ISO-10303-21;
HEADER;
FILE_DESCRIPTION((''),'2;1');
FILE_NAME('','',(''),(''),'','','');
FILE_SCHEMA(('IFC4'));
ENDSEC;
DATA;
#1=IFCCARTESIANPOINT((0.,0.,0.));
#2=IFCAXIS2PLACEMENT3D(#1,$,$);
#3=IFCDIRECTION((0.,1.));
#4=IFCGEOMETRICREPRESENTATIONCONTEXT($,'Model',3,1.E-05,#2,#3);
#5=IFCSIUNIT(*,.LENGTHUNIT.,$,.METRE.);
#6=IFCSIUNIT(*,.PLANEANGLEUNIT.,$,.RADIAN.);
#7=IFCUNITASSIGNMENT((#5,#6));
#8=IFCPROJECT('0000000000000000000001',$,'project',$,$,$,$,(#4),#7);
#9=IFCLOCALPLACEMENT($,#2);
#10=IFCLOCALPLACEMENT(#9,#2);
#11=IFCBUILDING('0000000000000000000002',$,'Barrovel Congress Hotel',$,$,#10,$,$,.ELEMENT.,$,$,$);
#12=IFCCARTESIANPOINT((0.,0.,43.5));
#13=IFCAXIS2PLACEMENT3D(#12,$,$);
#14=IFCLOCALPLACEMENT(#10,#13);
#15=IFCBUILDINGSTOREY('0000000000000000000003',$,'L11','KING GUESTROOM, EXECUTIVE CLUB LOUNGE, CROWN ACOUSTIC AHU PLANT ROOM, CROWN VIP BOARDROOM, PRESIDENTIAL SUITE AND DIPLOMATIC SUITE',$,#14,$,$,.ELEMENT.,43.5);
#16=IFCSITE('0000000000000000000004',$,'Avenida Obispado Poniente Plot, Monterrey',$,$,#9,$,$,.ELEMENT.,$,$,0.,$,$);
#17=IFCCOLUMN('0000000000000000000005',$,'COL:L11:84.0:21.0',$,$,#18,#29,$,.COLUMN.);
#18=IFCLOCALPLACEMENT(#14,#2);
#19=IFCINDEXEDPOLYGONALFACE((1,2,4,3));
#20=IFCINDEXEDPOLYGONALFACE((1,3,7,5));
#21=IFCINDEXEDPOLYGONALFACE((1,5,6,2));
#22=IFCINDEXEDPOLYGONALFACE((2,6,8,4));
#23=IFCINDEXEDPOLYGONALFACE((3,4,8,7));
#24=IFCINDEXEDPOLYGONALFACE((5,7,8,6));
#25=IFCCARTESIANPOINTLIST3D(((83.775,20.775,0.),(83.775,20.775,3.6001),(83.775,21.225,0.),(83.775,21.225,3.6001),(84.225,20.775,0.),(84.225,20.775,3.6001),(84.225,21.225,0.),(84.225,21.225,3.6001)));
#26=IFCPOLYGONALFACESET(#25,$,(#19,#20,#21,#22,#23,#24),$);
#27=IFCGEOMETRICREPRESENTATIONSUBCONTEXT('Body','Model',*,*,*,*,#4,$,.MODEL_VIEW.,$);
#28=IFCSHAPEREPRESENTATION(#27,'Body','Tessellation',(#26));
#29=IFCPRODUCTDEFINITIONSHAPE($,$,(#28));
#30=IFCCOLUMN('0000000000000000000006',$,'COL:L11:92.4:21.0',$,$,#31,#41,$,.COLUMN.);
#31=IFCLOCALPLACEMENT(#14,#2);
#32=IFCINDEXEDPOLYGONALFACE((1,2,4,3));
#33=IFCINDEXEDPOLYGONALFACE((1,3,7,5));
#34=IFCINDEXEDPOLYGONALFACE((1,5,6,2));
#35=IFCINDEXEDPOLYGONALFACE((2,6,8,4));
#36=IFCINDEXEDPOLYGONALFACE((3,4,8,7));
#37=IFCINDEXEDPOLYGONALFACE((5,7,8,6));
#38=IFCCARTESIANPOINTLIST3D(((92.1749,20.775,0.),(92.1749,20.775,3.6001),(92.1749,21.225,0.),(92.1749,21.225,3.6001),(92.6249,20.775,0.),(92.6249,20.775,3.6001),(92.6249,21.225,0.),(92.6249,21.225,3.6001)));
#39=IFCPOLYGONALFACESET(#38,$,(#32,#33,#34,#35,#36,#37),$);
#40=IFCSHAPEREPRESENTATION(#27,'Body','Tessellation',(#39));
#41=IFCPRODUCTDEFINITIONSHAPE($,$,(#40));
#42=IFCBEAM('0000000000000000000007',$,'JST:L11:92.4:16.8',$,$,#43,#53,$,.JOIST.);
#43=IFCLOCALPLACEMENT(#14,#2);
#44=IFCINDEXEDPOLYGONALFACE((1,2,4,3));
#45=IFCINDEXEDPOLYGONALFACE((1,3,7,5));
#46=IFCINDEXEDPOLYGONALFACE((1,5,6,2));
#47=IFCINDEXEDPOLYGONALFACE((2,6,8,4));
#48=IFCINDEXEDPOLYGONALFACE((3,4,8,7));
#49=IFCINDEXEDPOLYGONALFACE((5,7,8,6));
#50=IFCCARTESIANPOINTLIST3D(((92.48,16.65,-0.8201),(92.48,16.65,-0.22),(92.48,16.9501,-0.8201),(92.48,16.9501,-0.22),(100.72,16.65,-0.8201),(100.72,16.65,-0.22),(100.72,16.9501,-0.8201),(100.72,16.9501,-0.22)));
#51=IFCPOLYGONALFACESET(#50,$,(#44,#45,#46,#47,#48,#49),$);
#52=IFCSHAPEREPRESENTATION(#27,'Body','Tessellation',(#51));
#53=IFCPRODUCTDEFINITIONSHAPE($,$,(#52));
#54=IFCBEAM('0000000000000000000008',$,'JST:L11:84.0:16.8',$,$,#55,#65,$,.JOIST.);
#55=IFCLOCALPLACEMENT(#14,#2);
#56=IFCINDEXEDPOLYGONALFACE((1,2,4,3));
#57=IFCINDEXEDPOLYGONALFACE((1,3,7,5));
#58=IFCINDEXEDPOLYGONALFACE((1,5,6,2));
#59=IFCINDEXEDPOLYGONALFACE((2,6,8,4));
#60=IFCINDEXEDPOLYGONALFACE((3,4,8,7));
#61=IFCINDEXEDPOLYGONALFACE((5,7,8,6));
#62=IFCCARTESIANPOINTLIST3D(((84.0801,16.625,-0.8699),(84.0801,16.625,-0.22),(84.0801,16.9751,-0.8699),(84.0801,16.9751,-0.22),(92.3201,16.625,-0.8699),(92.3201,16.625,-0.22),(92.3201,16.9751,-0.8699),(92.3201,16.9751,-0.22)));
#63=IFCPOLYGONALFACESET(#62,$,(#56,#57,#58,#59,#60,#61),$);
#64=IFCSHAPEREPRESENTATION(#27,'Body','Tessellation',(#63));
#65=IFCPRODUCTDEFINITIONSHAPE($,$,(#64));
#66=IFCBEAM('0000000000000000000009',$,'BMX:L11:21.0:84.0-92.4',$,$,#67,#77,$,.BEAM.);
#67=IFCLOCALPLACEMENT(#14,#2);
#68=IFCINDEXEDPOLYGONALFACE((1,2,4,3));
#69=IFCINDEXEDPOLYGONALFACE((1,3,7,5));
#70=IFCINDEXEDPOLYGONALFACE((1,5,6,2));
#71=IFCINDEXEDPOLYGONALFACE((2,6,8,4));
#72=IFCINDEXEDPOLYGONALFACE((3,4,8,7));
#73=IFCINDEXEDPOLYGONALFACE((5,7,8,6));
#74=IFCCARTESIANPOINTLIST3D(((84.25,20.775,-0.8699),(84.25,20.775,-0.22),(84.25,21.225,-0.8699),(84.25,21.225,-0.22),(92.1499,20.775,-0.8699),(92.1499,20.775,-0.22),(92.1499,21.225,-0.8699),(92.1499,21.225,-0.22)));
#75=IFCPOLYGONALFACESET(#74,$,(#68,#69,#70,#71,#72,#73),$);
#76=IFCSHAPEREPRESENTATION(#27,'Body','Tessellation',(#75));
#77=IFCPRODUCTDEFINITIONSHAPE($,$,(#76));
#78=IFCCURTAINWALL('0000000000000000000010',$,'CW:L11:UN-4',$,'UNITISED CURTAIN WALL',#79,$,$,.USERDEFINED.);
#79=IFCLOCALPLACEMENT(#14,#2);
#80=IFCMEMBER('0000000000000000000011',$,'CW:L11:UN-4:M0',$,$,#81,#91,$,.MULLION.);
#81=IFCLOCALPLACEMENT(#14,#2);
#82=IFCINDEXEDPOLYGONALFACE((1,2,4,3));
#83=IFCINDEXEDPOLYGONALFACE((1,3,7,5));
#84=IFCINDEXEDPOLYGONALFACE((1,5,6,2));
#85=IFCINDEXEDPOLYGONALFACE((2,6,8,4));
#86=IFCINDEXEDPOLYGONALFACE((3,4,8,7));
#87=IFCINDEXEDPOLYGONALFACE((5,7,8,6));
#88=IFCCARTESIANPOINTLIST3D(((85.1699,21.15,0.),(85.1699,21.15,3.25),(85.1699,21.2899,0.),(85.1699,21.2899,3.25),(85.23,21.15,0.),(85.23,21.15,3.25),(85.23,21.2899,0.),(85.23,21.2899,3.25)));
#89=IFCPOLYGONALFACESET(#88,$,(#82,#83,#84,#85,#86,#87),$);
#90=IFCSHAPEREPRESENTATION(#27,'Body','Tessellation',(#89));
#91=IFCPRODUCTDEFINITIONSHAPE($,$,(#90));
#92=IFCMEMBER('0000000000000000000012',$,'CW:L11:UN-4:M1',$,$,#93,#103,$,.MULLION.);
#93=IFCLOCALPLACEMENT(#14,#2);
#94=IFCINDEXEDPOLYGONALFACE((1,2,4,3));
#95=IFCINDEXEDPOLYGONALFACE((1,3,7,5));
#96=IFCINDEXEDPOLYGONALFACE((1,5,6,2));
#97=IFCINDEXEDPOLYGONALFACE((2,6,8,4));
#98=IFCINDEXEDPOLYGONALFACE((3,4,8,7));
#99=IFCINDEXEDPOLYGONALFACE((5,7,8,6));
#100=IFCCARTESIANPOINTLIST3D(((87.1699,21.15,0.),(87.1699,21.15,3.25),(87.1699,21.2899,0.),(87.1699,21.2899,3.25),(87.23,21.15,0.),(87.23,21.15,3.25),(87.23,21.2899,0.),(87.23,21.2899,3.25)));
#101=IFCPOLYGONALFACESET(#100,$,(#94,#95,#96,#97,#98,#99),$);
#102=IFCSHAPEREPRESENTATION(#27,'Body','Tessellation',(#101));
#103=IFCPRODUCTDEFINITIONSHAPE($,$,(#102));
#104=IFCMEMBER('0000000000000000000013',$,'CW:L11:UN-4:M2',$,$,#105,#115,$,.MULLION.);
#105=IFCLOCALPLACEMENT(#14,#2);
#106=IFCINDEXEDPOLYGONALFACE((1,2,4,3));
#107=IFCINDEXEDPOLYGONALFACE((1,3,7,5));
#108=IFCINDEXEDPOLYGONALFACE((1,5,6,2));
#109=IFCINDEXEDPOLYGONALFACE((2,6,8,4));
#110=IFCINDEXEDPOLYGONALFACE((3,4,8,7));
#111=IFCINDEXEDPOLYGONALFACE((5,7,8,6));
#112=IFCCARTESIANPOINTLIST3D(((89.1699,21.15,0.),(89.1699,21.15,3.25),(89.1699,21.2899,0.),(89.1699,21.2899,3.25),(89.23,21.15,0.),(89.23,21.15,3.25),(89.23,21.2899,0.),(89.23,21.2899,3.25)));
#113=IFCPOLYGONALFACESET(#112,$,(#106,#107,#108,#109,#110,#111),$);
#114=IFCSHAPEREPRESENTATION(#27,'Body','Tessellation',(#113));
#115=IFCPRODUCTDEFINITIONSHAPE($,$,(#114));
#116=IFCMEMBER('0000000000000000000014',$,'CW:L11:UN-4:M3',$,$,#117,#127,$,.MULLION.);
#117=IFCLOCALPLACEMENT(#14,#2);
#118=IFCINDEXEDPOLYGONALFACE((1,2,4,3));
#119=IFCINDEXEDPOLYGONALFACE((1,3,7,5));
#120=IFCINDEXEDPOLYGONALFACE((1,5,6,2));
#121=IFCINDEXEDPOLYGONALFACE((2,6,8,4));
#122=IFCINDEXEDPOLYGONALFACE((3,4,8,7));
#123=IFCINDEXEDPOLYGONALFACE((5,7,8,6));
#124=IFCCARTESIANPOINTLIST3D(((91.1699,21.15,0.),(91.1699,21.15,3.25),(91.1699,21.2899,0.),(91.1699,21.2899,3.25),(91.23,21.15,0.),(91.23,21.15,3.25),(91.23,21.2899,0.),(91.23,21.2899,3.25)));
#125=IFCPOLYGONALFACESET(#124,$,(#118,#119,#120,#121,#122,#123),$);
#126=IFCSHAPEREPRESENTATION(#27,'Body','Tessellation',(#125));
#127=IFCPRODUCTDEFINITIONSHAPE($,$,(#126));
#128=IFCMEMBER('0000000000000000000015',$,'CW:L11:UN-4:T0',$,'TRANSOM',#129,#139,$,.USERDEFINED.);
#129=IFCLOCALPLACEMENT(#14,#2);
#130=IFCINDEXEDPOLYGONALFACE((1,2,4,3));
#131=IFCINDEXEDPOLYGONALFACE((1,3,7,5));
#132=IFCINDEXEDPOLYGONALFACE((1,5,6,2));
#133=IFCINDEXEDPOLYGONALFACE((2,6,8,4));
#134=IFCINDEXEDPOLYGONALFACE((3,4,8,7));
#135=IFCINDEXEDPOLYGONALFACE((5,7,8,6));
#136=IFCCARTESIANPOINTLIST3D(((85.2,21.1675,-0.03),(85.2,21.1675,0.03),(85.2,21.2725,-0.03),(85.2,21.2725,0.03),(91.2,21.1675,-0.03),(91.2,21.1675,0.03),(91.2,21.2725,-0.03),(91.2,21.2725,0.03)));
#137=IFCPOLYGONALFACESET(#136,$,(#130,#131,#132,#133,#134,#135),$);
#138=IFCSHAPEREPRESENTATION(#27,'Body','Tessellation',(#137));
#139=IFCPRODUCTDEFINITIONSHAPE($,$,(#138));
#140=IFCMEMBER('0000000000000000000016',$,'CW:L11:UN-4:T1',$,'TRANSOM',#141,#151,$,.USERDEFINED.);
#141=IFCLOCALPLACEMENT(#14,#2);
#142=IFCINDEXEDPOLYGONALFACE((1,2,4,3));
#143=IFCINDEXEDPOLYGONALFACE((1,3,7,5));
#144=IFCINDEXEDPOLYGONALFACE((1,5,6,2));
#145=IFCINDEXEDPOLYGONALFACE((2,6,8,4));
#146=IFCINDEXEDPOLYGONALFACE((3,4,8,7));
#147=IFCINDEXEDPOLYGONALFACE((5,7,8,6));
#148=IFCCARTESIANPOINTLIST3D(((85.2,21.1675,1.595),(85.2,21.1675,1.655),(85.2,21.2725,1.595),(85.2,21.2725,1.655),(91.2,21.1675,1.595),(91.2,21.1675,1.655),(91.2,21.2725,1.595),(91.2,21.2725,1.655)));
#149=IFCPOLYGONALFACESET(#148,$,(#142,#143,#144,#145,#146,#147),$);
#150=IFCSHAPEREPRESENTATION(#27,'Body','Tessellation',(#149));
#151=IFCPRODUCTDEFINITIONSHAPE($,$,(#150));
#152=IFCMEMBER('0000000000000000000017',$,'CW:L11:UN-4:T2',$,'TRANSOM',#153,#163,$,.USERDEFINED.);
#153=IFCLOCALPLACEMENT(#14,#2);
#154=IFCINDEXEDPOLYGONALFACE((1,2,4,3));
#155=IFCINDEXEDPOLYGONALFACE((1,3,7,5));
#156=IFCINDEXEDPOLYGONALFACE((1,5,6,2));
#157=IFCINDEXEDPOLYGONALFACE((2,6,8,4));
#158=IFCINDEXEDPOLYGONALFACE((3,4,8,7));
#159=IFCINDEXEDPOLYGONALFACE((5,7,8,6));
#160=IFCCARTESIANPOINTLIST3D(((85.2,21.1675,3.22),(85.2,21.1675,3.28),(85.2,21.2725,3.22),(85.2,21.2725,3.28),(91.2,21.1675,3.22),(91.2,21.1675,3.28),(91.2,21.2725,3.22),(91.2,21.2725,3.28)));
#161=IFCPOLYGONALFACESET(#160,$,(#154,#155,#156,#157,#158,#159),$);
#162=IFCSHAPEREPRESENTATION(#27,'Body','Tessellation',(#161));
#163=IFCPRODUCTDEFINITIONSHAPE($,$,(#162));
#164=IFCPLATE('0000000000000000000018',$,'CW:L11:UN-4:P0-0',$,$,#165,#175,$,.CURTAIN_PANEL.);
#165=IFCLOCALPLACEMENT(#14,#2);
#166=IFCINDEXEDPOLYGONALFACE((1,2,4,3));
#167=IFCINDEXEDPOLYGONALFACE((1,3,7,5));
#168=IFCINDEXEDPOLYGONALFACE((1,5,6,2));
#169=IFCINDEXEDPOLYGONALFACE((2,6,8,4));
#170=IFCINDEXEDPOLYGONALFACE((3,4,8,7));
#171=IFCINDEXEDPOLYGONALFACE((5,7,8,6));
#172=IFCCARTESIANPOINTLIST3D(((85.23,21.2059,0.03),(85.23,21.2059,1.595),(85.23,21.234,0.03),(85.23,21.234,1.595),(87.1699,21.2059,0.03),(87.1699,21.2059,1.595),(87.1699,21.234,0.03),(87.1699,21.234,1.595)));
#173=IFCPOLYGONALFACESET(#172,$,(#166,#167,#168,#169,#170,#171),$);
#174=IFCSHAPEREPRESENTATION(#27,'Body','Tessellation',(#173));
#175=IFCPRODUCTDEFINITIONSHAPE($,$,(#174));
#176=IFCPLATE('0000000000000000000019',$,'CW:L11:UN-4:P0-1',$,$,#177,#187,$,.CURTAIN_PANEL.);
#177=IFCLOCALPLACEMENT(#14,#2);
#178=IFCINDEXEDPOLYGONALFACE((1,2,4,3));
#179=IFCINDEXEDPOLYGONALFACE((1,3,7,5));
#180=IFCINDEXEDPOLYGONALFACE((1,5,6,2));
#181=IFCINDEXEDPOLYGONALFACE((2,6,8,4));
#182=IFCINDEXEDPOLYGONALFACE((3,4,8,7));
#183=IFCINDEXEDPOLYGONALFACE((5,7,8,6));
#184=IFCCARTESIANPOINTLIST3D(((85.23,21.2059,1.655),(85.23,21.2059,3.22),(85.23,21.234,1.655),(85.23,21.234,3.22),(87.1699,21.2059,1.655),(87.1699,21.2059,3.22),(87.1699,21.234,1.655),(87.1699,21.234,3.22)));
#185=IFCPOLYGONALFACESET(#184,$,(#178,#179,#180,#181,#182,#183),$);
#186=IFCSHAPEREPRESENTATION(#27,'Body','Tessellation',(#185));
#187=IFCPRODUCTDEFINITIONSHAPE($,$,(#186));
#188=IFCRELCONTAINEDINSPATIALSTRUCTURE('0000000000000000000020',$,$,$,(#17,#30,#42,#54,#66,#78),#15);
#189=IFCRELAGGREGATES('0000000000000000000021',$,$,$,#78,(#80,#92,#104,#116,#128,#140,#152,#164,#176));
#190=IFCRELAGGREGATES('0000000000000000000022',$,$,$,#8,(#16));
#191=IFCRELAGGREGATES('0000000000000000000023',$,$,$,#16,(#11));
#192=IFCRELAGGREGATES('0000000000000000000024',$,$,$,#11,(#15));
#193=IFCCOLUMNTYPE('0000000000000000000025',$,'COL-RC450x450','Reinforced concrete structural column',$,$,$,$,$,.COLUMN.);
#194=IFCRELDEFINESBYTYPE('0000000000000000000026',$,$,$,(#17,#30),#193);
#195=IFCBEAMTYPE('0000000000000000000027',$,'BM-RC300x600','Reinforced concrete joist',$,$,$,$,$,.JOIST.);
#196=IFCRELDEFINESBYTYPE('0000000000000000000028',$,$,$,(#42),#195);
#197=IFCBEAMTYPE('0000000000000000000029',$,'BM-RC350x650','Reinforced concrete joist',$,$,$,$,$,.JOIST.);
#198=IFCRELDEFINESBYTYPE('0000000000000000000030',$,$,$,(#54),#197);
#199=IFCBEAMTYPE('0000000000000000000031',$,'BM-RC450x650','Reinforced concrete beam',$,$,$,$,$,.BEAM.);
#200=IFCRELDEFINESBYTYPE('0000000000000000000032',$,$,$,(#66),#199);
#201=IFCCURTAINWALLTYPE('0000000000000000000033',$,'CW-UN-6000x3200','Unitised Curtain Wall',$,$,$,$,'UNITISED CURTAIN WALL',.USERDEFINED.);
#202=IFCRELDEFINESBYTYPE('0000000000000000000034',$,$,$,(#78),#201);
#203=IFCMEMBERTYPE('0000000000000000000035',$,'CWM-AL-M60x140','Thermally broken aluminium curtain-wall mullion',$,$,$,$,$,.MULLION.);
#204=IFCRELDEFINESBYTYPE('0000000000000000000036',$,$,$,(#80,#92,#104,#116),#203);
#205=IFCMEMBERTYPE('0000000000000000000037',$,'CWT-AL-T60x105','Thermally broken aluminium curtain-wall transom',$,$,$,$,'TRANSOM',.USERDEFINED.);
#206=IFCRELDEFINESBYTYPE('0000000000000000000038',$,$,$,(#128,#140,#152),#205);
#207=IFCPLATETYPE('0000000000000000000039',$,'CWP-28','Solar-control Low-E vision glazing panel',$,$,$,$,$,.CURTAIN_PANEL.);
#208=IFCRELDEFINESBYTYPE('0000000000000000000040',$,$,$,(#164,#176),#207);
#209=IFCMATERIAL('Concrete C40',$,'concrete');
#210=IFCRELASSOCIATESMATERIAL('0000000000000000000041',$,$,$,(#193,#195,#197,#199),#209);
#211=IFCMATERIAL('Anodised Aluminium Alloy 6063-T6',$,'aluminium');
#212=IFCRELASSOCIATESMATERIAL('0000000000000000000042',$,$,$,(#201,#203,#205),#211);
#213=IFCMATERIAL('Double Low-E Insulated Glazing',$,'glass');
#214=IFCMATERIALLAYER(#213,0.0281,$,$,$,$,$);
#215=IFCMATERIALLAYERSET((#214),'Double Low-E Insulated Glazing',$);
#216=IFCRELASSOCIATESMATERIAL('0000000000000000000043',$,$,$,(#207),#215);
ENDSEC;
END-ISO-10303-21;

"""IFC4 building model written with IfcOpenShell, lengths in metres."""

from ifc_helpers import new_model, si_unit, direction, frame, origin, origin_2d, place, context, subcontext, project, spatial, rectangle, extrude, material, layer, layer_set, material_profile, profile_set, type_object, element, aggregate, save


model = new_model("IFC4")

# Units and contexts
model_context = context("Model", 3, precision=1e-05, world=origin(), true_north=direction((0.0, 1.0)))
body_context = subcontext(model_context, "Body", "Model", "MODEL_VIEW")
ifc_project = project(units=[si_unit("LENGTHUNIT", "METRE"), si_unit("PLANEANGLEUNIT", "RADIAN")], contexts=[model_context])

# Site, building, storey
site_placement = place(None, origin())
site = spatial("IfcSite", under=ifc_project, at=site_placement, Name="Avenida Obispado Poniente Plot, Monterrey", CompositionType="ELEMENT", RefElevation=0.0)
building_placement = place(site_placement, origin())
building = spatial("IfcBuilding", under=site, at=building_placement, Name="Barrovel Congress Hotel", CompositionType="ELEMENT")
storey_placement = place(building_placement, frame((0.0, 0.0, 43.5)))
storey = spatial("IfcBuildingStorey", under=building, at=storey_placement, Name="L11", Description="KING GUESTROOM, EXECUTIVE CLUB LOUNGE, CROWN ACOUSTIC AHU PLANT ROOM, CROWN VIP BOARDROOM, PRESIDENTIAL SUITE AND DIPLOMATIC SUITE", CompositionType="ELEMENT", Elevation=43.5)

# Columns
ifc_material_1 = material(Name="Concrete C40", Category="concrete")
ifc_material_profile_1 = material_profile(ifc_material_1, rectangle(XDim=0.45, YDim=0.45, at=origin_2d()), Name="RC450x450")
ifc_profile_set_1 = profile_set([ifc_material_profile_1], Name="Concrete C40")
column_type = type_object("IfcColumnType", Name="COL-RC450x450", Description="Reinforced concrete structural column", PredefinedType="COLUMN", material=ifc_profile_set_1)
for number, where, z_axis, x_axis, name in (
    (1, (84.0, 21.0, 0.0), (0.0, 0.0, 1.0), (1.0, 0.0, 0.0), "COL:L11:84.0:21.0"),
    (2, (92.3999, 21.0, 0.0), (0.0, 0.0, 1.0), (1.0, 0.0, 0.0), "COL:L11:92.4:21.0"),
):
    element("IfcColumn", number, at=place(storey_placement, frame(where, z_axis=z_axis, x_axis=x_axis)), inside=storey, type_object=column_type, Name=name, PredefinedType="COLUMN", context=body_context, shape_type="SweptSolid", body=[
        extrude(rectangle(XDim=0.45, YDim=0.45, at=origin_2d()), origin(), (0.0, 0.0, 1.0), 3.6001),
    ])

# Beams
ifc_material_profile_2 = material_profile(ifc_material_1, rectangle(XDim=0.3, YDim=0.6001, at=origin_2d()), Name="RC300x600")
ifc_profile_set_2 = profile_set([ifc_material_profile_2], Name="Concrete C40")
beam_type_1 = type_object("IfcBeamType", Name="BM-RC300x600", Description="Reinforced concrete joist", PredefinedType="JOIST", material=ifc_profile_set_2)
beam_1_placement = place(storey_placement, frame((92.48, 16.8, -0.52), z_axis=(1.0, 0.0, 0.0), x_axis=(0.0, 1.0, 0.0)))
element("IfcBeam", 3, at=beam_1_placement, inside=storey, type_object=beam_type_1, Name="JST:L11:92.4:16.8", PredefinedType="JOIST", context=body_context, shape_type="SweptSolid", body=[
    extrude(rectangle(XDim=0.3, YDim=0.6001, at=origin_2d()), origin(), (0.0, 0.0, 1.0), 8.24),
])
ifc_material_profile_3 = material_profile(ifc_material_1, rectangle(XDim=0.3501, YDim=0.6499, at=origin_2d()), Name="RC350x650")
ifc_profile_set_3 = profile_set([ifc_material_profile_3], Name="Concrete C40")
beam_type_2 = type_object("IfcBeamType", Name="BM-RC350x650", Description="Reinforced concrete joist", PredefinedType="JOIST", material=ifc_profile_set_3)
beam_2_placement = place(storey_placement, frame((84.0801, 16.8, -0.5449), z_axis=(1.0, 0.0, 0.0), x_axis=(0.0, 1.0, 0.0)))
element("IfcBeam", 4, at=beam_2_placement, inside=storey, type_object=beam_type_2, Name="JST:L11:84.0:16.8", PredefinedType="JOIST", context=body_context, shape_type="SweptSolid", body=[
    extrude(rectangle(XDim=0.3501, YDim=0.6499, at=origin_2d()), origin(), (0.0, 0.0, 1.0), 8.24),
])
ifc_material_profile_4 = material_profile(ifc_material_1, rectangle(XDim=0.45, YDim=0.6499, at=origin_2d()), Name="RC450x650")
ifc_profile_set_4 = profile_set([ifc_material_profile_4], Name="Concrete C40")
beam_type_3 = type_object("IfcBeamType", Name="BM-RC450x650", Description="Reinforced concrete beam", PredefinedType="BEAM", material=ifc_profile_set_4)
beam_3_placement = place(storey_placement, frame((84.25, 21.0, -0.5449), z_axis=(1.0, 0.0, 0.0), x_axis=(0.0, 1.0, 0.0)))
element("IfcBeam", 5, at=beam_3_placement, inside=storey, type_object=beam_type_3, Name="BMX:L11:21.0:84.0-92.4", PredefinedType="BEAM", context=body_context, shape_type="SweptSolid", body=[
    extrude(rectangle(XDim=0.45, YDim=0.6499, at=origin_2d()), origin(), (0.0, 0.0, 1.0), 7.8999),
])

# Curtain wall, members, plates
ifc_material_2 = material(Name="Anodised Aluminium Alloy 6063-T6", Category="aluminium")
curtain_wall_type = type_object("IfcCurtainWallType", Name="CW-UN-6000x3200", Description="Unitised Curtain Wall", ElementType="UNITISED CURTAIN WALL", PredefinedType="USERDEFINED", material=ifc_material_2)
curtain_wall_placement = place(storey_placement, origin())
curtain_wall = element("IfcCurtainWall", 6, at=curtain_wall_placement, inside=storey, type_object=curtain_wall_type, Name="CW:L11:UN-4", ObjectType="UNITISED CURTAIN WALL", PredefinedType="USERDEFINED")
ifc_material_profile_5 = material_profile(ifc_material_2, rectangle(XDim=0.0601, YDim=0.1399, at=origin_2d()), Name="AL-M60x140")
ifc_profile_set_5 = profile_set([ifc_material_profile_5], Name="Anodised Aluminium Alloy 6063-T6")
member_type_1 = type_object("IfcMemberType", Name="CWM-AL-M60x140", Description="Thermally broken aluminium curtain-wall mullion", PredefinedType="MULLION", material=ifc_profile_set_5)
member_1_placement = place(storey_placement, frame((85.2, 21.22, 0.0), z_axis=(0.0, 0.0, 1.0), x_axis=(1.0, 0.0, 0.0)))
member_1 = element("IfcMember", 7, at=member_1_placement, type_object=member_type_1, Name="CW:L11:UN-4:M0", PredefinedType="MULLION", context=body_context, shape_type="SweptSolid", body=[
    extrude(rectangle(XDim=0.0601, YDim=0.1399, at=origin_2d()), origin(), (0.0, 0.0, 1.0), 3.25),
])
member_2_placement = place(storey_placement, frame((87.2, 21.22, 0.0), z_axis=(0.0, 0.0, 1.0), x_axis=(1.0, 0.0, 0.0)))
member_2 = element("IfcMember", 8, at=member_2_placement, type_object=member_type_1, Name="CW:L11:UN-4:M1", PredefinedType="MULLION", context=body_context, shape_type="SweptSolid", body=[
    extrude(rectangle(XDim=0.0601, YDim=0.1399, at=origin_2d()), origin(), (0.0, 0.0, 1.0), 3.25),
])
member_3_placement = place(storey_placement, frame((89.2, 21.22, 0.0), z_axis=(0.0, 0.0, 1.0), x_axis=(1.0, 0.0, 0.0)))
member_3 = element("IfcMember", 9, at=member_3_placement, type_object=member_type_1, Name="CW:L11:UN-4:M2", PredefinedType="MULLION", context=body_context, shape_type="SweptSolid", body=[
    extrude(rectangle(XDim=0.0601, YDim=0.1399, at=origin_2d()), origin(), (0.0, 0.0, 1.0), 3.25),
])
member_4_placement = place(storey_placement, frame((91.2, 21.22, 0.0), z_axis=(0.0, 0.0, 1.0), x_axis=(1.0, 0.0, 0.0)))
member_4 = element("IfcMember", 10, at=member_4_placement, type_object=member_type_1, Name="CW:L11:UN-4:M3", PredefinedType="MULLION", context=body_context, shape_type="SweptSolid", body=[
    extrude(rectangle(XDim=0.0601, YDim=0.1399, at=origin_2d()), origin(), (0.0, 0.0, 1.0), 3.25),
])
ifc_material_profile_6 = material_profile(ifc_material_2, rectangle(XDim=0.105, YDim=0.0601, at=origin_2d()), Name="AL-T60x105")
ifc_profile_set_6 = profile_set([ifc_material_profile_6], Name="Anodised Aluminium Alloy 6063-T6")
member_type_2 = type_object("IfcMemberType", Name="CWT-AL-T60x105", Description="Thermally broken aluminium curtain-wall transom", ElementType="TRANSOM", PredefinedType="USERDEFINED", material=ifc_profile_set_6)
member_5_placement = place(storey_placement, frame((85.2, 21.22, 0.0), z_axis=(1.0, 0.0, 0.0), x_axis=(0.0, 1.0, 0.0)))
member_5 = element("IfcMember", 11, at=member_5_placement, type_object=member_type_2, Name="CW:L11:UN-4:T0", ObjectType="TRANSOM", PredefinedType="USERDEFINED", context=body_context, shape_type="SweptSolid", body=[
    extrude(rectangle(XDim=0.105, YDim=0.0601, at=origin_2d()), origin(), (0.0, 0.0, 1.0), 6.0),
])
member_6_placement = place(storey_placement, frame((85.2, 21.22, 1.625), z_axis=(1.0, 0.0, 0.0), x_axis=(0.0, 1.0, 0.0)))
member_6 = element("IfcMember", 12, at=member_6_placement, type_object=member_type_2, Name="CW:L11:UN-4:T1", ObjectType="TRANSOM", PredefinedType="USERDEFINED", context=body_context, shape_type="SweptSolid", body=[
    extrude(rectangle(XDim=0.105, YDim=0.0601, at=origin_2d()), origin(), (0.0, 0.0, 1.0), 6.0),
])
member_7_placement = place(storey_placement, frame((85.2, 21.22, 3.25), z_axis=(1.0, 0.0, 0.0), x_axis=(0.0, 1.0, 0.0)))
member_7 = element("IfcMember", 13, at=member_7_placement, type_object=member_type_2, Name="CW:L11:UN-4:T2", ObjectType="TRANSOM", PredefinedType="USERDEFINED", context=body_context, shape_type="SweptSolid", body=[
    extrude(rectangle(XDim=0.105, YDim=0.0601, at=origin_2d()), origin(), (0.0, 0.0, 1.0), 6.0),
])
ifc_material_3 = material(Name="Double Low-E Insulated Glazing", Category="glass")
ifc_layer_1 = layer(ifc_material_3, 0.0281)
ifc_layer_set_1 = layer_set([ifc_layer_1], Name="Double Low-E Insulated Glazing")
plate_type = type_object("IfcPlateType", Name="CWP-28", Description="Solar-control Low-E vision glazing panel", PredefinedType="CURTAIN_PANEL", material=ifc_layer_set_1)
plate_1_placement = place(storey_placement, frame((86.2, 21.22, 0.03), z_axis=(0.0, 0.0, 1.0), x_axis=(1.0, 0.0, 0.0)))
plate_1 = element("IfcPlate", 14, at=plate_1_placement, type_object=plate_type, Name="CW:L11:UN-4:P0-0", PredefinedType="CURTAIN_PANEL", context=body_context, shape_type="SweptSolid", body=[
    extrude(rectangle(XDim=1.9399, YDim=0.0281, at=origin_2d()), origin(), (0.0, 0.0, 1.0), 1.5649),
])
plate_2_placement = place(storey_placement, frame((86.2, 21.22, 1.655), z_axis=(0.0, 0.0, 1.0), x_axis=(1.0, 0.0, 0.0)))
plate_2 = element("IfcPlate", 15, at=plate_2_placement, type_object=plate_type, Name="CW:L11:UN-4:P0-1", PredefinedType="CURTAIN_PANEL", context=body_context, shape_type="SweptSolid", body=[
    extrude(rectangle(XDim=1.9399, YDim=0.0281, at=origin_2d()), origin(), (0.0, 0.0, 1.0), 1.5649),
])
aggregate(curtain_wall, [member_1, member_2, member_3, member_4, member_5, member_6, member_7, plate_1, plate_2])

save(model, "model.ifc")
